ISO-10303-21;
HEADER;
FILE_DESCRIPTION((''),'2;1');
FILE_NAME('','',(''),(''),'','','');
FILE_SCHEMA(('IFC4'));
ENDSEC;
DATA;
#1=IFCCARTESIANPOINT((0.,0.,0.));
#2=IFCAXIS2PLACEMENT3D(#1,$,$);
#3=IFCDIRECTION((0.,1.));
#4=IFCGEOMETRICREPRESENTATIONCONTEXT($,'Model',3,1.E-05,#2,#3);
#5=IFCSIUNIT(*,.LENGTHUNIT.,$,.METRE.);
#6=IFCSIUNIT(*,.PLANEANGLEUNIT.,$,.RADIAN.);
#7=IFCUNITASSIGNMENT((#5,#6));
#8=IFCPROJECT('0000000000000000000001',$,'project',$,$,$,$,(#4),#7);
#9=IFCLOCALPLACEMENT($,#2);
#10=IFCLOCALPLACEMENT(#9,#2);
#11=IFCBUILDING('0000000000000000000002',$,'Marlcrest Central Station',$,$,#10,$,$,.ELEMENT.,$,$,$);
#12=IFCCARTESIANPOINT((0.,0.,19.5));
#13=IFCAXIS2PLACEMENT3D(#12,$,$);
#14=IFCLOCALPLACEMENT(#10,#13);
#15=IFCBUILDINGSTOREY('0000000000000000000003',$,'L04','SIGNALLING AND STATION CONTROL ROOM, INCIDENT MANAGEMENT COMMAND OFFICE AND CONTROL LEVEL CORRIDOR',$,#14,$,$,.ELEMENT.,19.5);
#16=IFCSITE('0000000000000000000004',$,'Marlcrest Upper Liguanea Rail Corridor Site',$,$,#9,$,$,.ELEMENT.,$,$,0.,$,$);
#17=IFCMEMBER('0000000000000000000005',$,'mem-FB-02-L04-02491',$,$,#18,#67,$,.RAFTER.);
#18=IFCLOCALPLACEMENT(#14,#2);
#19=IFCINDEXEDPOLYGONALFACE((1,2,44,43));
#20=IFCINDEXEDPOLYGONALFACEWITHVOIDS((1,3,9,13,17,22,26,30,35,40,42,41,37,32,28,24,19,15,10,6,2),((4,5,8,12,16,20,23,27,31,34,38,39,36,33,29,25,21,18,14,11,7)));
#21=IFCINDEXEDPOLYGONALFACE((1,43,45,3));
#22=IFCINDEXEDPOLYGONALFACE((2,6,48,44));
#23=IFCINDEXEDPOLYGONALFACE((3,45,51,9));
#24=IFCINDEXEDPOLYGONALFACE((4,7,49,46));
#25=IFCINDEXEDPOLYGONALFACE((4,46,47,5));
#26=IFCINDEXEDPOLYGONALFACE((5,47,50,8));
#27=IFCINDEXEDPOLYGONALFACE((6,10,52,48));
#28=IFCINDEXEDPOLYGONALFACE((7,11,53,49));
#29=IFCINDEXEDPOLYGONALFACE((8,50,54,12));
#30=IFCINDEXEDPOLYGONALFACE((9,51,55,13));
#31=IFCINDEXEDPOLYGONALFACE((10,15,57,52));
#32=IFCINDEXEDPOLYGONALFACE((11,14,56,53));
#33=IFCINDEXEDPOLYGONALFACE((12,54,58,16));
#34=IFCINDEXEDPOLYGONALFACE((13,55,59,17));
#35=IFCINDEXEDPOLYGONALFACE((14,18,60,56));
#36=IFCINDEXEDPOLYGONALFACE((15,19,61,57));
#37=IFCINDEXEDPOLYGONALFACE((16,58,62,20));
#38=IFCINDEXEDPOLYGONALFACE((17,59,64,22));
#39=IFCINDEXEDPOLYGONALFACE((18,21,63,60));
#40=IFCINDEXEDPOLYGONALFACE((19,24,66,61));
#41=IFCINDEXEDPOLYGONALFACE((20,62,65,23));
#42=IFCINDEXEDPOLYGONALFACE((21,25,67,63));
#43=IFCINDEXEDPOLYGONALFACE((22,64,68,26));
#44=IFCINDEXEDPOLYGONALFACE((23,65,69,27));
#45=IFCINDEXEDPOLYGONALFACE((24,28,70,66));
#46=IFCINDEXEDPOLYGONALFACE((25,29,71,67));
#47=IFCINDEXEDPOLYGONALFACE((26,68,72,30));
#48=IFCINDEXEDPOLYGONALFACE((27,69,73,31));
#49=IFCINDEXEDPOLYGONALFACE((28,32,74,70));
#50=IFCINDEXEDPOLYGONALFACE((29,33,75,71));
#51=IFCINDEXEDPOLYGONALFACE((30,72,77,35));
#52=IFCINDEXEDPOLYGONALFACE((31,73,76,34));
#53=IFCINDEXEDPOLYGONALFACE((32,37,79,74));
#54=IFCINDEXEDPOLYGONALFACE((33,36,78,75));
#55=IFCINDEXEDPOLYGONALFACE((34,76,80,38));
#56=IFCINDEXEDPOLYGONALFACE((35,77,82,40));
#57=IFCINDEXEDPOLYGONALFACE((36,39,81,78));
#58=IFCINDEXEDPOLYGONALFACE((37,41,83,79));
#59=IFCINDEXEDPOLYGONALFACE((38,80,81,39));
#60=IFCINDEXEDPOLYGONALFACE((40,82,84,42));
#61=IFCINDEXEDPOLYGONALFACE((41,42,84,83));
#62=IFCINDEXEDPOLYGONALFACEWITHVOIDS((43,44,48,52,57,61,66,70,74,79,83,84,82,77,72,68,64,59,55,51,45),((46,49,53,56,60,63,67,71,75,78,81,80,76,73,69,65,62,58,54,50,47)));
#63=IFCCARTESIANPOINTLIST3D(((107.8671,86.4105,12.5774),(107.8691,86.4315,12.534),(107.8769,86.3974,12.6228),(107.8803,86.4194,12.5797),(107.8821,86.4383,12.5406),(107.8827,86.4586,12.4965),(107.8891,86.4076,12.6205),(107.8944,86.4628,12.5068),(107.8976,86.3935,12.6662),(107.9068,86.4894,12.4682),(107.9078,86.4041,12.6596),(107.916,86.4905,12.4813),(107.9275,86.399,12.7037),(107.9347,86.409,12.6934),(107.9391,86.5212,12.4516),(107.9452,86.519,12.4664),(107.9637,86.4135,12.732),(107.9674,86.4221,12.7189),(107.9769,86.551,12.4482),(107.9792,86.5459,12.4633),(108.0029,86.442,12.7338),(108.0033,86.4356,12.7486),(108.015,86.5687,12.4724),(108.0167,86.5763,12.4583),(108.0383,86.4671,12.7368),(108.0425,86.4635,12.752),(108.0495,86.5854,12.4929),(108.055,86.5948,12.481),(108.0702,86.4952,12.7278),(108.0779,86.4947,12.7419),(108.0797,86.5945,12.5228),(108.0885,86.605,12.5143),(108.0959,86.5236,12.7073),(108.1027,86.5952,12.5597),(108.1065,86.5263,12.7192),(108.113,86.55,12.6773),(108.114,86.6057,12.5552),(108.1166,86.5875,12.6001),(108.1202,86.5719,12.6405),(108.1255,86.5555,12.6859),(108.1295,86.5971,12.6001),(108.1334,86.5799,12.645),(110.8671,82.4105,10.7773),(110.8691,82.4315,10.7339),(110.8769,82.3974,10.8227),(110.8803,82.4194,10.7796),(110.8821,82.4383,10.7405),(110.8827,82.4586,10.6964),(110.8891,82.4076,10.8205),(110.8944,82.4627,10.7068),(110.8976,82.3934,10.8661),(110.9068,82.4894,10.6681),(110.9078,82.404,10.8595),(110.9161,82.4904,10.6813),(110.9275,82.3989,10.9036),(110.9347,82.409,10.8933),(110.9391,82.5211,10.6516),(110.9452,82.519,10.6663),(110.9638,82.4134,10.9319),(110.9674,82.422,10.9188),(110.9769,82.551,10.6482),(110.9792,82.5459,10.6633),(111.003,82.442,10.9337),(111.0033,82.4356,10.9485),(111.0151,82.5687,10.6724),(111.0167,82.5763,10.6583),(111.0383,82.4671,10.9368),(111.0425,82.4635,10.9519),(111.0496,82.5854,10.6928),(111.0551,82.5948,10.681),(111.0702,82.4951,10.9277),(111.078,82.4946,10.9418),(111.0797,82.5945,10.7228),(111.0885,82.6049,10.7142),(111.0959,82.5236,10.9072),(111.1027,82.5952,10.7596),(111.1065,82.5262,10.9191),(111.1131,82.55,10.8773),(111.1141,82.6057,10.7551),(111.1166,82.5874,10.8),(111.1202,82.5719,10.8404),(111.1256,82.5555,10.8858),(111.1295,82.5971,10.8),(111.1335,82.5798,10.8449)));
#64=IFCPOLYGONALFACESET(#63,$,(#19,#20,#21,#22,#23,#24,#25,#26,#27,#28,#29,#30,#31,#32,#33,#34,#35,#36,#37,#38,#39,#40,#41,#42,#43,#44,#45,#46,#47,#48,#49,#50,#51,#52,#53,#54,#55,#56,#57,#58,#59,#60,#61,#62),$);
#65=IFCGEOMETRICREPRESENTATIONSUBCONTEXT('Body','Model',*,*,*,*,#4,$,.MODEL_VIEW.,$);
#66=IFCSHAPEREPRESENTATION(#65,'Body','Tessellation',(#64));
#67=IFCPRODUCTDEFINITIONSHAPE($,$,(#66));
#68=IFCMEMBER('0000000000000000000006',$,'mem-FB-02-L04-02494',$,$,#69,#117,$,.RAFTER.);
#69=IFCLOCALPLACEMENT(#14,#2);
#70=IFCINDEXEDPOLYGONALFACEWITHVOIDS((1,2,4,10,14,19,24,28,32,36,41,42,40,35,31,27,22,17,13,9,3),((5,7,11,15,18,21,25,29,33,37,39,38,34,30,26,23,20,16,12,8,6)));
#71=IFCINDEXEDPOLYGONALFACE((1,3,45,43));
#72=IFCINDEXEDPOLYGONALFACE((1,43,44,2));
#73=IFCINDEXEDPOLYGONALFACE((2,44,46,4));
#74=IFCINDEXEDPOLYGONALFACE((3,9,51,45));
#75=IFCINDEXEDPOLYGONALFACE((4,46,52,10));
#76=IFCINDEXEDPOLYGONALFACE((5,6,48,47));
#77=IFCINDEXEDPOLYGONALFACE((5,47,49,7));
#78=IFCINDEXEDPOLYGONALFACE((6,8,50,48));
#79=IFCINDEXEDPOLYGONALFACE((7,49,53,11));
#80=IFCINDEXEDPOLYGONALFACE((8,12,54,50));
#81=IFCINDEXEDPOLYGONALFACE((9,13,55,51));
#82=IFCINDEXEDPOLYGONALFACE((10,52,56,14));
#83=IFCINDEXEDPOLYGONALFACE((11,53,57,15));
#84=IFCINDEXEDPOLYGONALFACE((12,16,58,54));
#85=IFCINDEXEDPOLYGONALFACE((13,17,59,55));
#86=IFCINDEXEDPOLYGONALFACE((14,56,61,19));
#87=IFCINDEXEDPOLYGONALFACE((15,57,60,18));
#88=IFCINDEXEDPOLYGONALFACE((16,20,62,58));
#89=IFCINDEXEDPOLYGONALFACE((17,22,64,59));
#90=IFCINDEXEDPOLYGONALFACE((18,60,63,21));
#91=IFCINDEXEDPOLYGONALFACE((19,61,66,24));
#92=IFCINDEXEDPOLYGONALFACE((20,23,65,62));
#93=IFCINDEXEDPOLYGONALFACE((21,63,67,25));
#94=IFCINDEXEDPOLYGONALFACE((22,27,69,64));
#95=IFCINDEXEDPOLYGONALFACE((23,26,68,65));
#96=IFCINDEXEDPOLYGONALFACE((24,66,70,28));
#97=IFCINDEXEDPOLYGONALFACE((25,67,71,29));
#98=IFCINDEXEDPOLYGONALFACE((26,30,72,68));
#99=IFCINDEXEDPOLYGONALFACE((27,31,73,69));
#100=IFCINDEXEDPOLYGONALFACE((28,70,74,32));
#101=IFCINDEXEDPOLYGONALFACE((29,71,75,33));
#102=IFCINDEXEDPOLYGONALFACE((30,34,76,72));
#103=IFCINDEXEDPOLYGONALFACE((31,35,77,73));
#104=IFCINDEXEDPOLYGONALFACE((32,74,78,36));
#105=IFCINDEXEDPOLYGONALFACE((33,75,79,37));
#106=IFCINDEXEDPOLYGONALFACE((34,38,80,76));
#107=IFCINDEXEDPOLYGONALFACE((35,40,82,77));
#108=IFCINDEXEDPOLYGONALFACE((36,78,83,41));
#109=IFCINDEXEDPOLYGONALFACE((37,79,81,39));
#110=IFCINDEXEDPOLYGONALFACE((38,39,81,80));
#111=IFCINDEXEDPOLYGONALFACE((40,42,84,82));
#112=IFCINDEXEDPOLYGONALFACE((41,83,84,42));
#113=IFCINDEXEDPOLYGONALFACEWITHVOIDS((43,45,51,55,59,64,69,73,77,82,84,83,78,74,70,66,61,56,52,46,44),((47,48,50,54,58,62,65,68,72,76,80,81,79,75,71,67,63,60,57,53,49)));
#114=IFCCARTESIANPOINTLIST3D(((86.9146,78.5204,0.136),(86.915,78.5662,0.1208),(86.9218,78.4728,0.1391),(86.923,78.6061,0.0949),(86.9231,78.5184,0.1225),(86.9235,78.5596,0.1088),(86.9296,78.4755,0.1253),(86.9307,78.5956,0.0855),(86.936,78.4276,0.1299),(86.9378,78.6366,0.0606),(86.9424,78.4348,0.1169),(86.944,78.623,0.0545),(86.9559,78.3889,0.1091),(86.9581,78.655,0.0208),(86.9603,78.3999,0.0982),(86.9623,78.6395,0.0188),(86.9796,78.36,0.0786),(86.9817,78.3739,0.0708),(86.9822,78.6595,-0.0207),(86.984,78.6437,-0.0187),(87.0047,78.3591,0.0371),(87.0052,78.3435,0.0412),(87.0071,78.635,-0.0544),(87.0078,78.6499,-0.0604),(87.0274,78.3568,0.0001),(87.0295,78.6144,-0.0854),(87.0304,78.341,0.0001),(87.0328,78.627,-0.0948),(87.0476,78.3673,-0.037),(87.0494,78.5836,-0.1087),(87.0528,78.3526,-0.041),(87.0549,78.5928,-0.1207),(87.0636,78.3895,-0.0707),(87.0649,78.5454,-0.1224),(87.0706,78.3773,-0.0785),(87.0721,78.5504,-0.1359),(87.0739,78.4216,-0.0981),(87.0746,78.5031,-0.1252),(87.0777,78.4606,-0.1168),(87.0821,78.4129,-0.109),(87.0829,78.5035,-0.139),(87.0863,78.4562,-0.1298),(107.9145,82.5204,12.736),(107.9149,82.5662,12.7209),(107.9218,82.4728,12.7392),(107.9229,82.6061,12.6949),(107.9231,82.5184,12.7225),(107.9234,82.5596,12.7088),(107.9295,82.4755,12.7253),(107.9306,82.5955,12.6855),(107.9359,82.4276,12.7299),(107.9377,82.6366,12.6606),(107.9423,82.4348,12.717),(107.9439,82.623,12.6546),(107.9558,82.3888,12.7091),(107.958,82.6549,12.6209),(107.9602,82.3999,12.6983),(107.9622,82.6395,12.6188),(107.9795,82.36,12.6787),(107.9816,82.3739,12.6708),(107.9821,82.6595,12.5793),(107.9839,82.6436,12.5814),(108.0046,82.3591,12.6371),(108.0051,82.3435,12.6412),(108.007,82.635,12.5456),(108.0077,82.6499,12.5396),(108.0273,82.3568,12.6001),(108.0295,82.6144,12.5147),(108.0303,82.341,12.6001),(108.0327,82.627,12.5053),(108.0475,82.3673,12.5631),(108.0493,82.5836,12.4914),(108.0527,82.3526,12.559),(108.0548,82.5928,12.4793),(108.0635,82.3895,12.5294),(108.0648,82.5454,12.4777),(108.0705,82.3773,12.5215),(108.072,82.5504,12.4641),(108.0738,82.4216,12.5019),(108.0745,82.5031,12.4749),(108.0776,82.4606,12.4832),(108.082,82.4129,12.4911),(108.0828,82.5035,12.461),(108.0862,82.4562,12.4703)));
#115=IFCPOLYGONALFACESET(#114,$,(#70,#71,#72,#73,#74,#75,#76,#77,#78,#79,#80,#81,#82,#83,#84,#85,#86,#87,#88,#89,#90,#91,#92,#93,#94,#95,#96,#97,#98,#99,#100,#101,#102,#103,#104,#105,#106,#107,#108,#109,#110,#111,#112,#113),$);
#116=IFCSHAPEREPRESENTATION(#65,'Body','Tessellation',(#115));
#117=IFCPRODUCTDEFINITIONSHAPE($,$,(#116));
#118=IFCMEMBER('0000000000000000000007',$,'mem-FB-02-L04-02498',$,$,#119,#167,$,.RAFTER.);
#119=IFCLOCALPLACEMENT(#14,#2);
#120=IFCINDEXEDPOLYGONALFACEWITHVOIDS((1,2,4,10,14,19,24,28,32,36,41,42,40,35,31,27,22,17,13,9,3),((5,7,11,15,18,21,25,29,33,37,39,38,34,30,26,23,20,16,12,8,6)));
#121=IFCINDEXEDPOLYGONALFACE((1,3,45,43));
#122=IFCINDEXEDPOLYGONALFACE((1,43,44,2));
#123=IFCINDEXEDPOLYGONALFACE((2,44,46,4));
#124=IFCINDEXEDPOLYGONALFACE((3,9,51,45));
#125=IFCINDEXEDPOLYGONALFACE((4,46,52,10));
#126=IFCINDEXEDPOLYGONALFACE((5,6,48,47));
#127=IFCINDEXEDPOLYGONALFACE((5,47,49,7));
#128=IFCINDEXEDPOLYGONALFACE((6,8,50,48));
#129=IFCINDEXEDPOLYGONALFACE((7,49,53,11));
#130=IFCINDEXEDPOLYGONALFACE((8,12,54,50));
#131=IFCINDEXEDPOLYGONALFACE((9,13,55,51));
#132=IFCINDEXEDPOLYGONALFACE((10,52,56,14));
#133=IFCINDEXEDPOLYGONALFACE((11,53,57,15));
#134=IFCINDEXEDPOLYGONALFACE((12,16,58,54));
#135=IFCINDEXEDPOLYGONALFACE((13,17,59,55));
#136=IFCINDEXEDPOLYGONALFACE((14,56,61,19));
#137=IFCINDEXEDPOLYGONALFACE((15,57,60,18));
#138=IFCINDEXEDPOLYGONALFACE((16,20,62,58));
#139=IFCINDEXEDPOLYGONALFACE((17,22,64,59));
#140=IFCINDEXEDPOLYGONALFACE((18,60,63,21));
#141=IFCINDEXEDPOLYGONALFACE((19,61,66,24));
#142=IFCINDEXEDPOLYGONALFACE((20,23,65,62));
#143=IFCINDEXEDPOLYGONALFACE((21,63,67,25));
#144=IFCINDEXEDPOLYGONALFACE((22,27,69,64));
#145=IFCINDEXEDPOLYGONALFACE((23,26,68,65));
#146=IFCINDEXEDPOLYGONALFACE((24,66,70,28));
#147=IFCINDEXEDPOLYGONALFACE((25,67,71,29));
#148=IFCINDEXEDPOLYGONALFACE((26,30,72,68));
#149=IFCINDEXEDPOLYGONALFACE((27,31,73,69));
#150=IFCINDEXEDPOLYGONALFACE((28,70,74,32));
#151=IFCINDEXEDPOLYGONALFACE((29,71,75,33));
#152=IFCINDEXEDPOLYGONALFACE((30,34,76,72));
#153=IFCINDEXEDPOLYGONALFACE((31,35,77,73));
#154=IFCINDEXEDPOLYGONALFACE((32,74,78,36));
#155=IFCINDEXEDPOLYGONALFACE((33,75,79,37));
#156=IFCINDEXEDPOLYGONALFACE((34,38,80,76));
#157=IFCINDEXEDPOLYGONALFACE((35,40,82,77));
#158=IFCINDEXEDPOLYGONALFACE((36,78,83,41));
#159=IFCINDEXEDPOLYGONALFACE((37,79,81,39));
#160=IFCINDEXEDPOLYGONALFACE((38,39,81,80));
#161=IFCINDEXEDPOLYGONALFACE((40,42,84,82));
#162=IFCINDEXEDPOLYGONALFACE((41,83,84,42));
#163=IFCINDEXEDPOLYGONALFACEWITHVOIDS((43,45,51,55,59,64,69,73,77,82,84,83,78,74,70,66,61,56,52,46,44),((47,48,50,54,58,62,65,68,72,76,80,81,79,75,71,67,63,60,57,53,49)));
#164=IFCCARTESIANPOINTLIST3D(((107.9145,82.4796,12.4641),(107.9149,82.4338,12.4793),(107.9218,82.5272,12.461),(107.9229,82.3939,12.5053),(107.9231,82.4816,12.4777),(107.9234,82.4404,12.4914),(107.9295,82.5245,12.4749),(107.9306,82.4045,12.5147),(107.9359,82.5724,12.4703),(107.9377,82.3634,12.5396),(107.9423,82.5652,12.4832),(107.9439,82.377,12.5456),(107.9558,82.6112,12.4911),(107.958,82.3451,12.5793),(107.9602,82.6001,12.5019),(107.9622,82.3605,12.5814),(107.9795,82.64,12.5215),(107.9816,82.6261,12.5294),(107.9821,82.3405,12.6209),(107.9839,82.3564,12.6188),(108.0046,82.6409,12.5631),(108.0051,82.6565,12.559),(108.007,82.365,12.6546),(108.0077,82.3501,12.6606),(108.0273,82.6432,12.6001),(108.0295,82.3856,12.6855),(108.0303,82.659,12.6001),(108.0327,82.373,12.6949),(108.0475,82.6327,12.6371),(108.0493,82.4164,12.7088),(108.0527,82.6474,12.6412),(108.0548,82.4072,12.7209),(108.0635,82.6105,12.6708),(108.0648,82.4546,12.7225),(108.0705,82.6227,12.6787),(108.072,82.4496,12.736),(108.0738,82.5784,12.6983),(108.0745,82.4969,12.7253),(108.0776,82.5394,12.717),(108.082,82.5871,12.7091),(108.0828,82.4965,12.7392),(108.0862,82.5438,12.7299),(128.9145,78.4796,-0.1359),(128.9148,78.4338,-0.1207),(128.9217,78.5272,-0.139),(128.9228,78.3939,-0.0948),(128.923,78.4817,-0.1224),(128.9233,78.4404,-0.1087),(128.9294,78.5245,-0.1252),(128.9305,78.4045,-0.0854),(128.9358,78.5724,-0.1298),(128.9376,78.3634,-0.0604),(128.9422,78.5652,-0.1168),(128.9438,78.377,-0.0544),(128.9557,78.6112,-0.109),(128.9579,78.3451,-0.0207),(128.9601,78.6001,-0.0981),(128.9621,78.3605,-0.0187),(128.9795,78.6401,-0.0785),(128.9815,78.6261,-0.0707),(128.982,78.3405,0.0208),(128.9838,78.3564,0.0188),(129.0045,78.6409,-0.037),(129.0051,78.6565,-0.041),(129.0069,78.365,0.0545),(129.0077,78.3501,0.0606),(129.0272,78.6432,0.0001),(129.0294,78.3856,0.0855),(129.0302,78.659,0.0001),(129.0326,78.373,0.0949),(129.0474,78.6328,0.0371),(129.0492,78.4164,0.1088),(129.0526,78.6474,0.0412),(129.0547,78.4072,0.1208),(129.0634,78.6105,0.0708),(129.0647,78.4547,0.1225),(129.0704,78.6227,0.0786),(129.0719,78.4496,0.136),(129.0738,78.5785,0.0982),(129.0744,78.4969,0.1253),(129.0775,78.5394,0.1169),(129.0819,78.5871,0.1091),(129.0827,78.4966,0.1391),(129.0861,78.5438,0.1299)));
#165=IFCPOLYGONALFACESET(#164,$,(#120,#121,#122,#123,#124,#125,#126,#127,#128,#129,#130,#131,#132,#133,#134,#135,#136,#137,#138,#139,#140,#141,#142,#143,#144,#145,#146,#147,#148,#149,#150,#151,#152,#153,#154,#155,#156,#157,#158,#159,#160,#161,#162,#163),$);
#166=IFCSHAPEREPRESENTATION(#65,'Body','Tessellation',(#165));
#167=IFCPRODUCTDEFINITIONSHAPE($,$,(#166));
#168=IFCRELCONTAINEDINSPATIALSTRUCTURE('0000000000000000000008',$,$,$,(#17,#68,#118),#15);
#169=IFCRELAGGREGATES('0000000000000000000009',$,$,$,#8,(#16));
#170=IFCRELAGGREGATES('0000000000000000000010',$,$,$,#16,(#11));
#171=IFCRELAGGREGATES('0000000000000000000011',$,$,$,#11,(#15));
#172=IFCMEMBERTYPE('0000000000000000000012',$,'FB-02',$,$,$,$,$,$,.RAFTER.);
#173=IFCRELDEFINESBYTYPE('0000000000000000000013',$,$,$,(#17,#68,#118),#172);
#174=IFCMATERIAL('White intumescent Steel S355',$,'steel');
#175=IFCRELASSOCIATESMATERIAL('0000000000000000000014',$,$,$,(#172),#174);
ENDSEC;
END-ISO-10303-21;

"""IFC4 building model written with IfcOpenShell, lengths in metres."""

from ifc_helpers import new_model, si_unit, direction, frame, origin, origin_2d, place, context, subcontext, project, spatial, hollow_circle, extrude, material, material_profile, profile_set, type_object, element, save


model = new_model("IFC4")

# Units and contexts
model_context = context("Model", 3, precision=1e-05, world=origin(), true_north=direction((0.0, 1.0)))
body_context = subcontext(model_context, "Body", "Model", "MODEL_VIEW")
ifc_project = project(units=[si_unit("LENGTHUNIT", "METRE"), si_unit("PLANEANGLEUNIT", "RADIAN")], contexts=[model_context])

# Site, building, storey
site_placement = place(None, origin())
site = spatial("IfcSite", under=ifc_project, at=site_placement, Name="Marlcrest Upper Liguanea Rail Corridor Site", CompositionType="ELEMENT", RefElevation=0.0)
building_placement = place(site_placement, origin())
building = spatial("IfcBuilding", under=site, at=building_placement, Name="Marlcrest Central Station", CompositionType="ELEMENT")
storey_placement = place(building_placement, frame((0.0, 0.0, 19.5)))
storey = spatial("IfcBuildingStorey", under=building, at=storey_placement, Name="L04", Description="SIGNALLING AND STATION CONTROL ROOM, INCIDENT MANAGEMENT COMMAND OFFICE AND CONTROL LEVEL CORRIDOR", CompositionType="ELEMENT", Elevation=19.5)

# Members
ifc_material_1 = material(Name="White intumescent Steel S355", Category="steel")
ifc_material_profile_1 = material_profile(ifc_material_1, hollow_circle(Radius=0.1619, WallThickness=0.0161, at=origin_2d()), Name="CHS 323.9x16")
ifc_profile_set_1 = profile_set([ifc_material_profile_1], Name="White intumescent Steel S355")
member_type_1 = type_object("IfcMemberType", Name="FB-02", PredefinedType="RAFTER", material=ifc_profile_set_1)
for number, where, z_axis, x_axis, name in (
    (1, (108.0, 86.5, 12.6001), (0.564531, -0.752708, -0.338728), (0.8, 0.6, 0.0), "mem-FB-02-L04-02491"),
):
    element("IfcMember", number, at=place(storey_placement, frame(where, z_axis=z_axis, x_axis=x_axis)), inside=storey, type_object=member_type_1, Name=name, PredefinedType="RAFTER", context=body_context, shape_type="SweptSolid", body=[
        extrude(hollow_circle(Radius=0.1619, WallThickness=0.0161, at=origin_2d()), origin(), (0.0, 0.0, 1.0), 5.3142),
    ])
for number, where, z_axis, x_axis, name in (
    (2, (108.0, 82.5, 12.6001), (-0.846277, -0.161196, -0.50777), (0.187112, -0.982339, 0.0), "mem-FB-02-L04-02494"),
    (3, (108.0, 82.5, 12.6001), (0.846277, -0.161196, -0.50777), (0.187112, 0.982339, 0.0), "mem-FB-02-L04-02498"),
):
    element("IfcMember", number, at=place(storey_placement, frame(where, z_axis=z_axis, x_axis=x_axis)), inside=storey, type_object=member_type_1, Name=name, PredefinedType="RAFTER", context=body_context, shape_type="SweptSolid", body=[
        extrude(hollow_circle(Radius=0.1619, WallThickness=0.0161, at=origin_2d()), origin(), (0.0, 0.0, 1.0), 24.8145),
    ])

save(model, "model.ifc")
